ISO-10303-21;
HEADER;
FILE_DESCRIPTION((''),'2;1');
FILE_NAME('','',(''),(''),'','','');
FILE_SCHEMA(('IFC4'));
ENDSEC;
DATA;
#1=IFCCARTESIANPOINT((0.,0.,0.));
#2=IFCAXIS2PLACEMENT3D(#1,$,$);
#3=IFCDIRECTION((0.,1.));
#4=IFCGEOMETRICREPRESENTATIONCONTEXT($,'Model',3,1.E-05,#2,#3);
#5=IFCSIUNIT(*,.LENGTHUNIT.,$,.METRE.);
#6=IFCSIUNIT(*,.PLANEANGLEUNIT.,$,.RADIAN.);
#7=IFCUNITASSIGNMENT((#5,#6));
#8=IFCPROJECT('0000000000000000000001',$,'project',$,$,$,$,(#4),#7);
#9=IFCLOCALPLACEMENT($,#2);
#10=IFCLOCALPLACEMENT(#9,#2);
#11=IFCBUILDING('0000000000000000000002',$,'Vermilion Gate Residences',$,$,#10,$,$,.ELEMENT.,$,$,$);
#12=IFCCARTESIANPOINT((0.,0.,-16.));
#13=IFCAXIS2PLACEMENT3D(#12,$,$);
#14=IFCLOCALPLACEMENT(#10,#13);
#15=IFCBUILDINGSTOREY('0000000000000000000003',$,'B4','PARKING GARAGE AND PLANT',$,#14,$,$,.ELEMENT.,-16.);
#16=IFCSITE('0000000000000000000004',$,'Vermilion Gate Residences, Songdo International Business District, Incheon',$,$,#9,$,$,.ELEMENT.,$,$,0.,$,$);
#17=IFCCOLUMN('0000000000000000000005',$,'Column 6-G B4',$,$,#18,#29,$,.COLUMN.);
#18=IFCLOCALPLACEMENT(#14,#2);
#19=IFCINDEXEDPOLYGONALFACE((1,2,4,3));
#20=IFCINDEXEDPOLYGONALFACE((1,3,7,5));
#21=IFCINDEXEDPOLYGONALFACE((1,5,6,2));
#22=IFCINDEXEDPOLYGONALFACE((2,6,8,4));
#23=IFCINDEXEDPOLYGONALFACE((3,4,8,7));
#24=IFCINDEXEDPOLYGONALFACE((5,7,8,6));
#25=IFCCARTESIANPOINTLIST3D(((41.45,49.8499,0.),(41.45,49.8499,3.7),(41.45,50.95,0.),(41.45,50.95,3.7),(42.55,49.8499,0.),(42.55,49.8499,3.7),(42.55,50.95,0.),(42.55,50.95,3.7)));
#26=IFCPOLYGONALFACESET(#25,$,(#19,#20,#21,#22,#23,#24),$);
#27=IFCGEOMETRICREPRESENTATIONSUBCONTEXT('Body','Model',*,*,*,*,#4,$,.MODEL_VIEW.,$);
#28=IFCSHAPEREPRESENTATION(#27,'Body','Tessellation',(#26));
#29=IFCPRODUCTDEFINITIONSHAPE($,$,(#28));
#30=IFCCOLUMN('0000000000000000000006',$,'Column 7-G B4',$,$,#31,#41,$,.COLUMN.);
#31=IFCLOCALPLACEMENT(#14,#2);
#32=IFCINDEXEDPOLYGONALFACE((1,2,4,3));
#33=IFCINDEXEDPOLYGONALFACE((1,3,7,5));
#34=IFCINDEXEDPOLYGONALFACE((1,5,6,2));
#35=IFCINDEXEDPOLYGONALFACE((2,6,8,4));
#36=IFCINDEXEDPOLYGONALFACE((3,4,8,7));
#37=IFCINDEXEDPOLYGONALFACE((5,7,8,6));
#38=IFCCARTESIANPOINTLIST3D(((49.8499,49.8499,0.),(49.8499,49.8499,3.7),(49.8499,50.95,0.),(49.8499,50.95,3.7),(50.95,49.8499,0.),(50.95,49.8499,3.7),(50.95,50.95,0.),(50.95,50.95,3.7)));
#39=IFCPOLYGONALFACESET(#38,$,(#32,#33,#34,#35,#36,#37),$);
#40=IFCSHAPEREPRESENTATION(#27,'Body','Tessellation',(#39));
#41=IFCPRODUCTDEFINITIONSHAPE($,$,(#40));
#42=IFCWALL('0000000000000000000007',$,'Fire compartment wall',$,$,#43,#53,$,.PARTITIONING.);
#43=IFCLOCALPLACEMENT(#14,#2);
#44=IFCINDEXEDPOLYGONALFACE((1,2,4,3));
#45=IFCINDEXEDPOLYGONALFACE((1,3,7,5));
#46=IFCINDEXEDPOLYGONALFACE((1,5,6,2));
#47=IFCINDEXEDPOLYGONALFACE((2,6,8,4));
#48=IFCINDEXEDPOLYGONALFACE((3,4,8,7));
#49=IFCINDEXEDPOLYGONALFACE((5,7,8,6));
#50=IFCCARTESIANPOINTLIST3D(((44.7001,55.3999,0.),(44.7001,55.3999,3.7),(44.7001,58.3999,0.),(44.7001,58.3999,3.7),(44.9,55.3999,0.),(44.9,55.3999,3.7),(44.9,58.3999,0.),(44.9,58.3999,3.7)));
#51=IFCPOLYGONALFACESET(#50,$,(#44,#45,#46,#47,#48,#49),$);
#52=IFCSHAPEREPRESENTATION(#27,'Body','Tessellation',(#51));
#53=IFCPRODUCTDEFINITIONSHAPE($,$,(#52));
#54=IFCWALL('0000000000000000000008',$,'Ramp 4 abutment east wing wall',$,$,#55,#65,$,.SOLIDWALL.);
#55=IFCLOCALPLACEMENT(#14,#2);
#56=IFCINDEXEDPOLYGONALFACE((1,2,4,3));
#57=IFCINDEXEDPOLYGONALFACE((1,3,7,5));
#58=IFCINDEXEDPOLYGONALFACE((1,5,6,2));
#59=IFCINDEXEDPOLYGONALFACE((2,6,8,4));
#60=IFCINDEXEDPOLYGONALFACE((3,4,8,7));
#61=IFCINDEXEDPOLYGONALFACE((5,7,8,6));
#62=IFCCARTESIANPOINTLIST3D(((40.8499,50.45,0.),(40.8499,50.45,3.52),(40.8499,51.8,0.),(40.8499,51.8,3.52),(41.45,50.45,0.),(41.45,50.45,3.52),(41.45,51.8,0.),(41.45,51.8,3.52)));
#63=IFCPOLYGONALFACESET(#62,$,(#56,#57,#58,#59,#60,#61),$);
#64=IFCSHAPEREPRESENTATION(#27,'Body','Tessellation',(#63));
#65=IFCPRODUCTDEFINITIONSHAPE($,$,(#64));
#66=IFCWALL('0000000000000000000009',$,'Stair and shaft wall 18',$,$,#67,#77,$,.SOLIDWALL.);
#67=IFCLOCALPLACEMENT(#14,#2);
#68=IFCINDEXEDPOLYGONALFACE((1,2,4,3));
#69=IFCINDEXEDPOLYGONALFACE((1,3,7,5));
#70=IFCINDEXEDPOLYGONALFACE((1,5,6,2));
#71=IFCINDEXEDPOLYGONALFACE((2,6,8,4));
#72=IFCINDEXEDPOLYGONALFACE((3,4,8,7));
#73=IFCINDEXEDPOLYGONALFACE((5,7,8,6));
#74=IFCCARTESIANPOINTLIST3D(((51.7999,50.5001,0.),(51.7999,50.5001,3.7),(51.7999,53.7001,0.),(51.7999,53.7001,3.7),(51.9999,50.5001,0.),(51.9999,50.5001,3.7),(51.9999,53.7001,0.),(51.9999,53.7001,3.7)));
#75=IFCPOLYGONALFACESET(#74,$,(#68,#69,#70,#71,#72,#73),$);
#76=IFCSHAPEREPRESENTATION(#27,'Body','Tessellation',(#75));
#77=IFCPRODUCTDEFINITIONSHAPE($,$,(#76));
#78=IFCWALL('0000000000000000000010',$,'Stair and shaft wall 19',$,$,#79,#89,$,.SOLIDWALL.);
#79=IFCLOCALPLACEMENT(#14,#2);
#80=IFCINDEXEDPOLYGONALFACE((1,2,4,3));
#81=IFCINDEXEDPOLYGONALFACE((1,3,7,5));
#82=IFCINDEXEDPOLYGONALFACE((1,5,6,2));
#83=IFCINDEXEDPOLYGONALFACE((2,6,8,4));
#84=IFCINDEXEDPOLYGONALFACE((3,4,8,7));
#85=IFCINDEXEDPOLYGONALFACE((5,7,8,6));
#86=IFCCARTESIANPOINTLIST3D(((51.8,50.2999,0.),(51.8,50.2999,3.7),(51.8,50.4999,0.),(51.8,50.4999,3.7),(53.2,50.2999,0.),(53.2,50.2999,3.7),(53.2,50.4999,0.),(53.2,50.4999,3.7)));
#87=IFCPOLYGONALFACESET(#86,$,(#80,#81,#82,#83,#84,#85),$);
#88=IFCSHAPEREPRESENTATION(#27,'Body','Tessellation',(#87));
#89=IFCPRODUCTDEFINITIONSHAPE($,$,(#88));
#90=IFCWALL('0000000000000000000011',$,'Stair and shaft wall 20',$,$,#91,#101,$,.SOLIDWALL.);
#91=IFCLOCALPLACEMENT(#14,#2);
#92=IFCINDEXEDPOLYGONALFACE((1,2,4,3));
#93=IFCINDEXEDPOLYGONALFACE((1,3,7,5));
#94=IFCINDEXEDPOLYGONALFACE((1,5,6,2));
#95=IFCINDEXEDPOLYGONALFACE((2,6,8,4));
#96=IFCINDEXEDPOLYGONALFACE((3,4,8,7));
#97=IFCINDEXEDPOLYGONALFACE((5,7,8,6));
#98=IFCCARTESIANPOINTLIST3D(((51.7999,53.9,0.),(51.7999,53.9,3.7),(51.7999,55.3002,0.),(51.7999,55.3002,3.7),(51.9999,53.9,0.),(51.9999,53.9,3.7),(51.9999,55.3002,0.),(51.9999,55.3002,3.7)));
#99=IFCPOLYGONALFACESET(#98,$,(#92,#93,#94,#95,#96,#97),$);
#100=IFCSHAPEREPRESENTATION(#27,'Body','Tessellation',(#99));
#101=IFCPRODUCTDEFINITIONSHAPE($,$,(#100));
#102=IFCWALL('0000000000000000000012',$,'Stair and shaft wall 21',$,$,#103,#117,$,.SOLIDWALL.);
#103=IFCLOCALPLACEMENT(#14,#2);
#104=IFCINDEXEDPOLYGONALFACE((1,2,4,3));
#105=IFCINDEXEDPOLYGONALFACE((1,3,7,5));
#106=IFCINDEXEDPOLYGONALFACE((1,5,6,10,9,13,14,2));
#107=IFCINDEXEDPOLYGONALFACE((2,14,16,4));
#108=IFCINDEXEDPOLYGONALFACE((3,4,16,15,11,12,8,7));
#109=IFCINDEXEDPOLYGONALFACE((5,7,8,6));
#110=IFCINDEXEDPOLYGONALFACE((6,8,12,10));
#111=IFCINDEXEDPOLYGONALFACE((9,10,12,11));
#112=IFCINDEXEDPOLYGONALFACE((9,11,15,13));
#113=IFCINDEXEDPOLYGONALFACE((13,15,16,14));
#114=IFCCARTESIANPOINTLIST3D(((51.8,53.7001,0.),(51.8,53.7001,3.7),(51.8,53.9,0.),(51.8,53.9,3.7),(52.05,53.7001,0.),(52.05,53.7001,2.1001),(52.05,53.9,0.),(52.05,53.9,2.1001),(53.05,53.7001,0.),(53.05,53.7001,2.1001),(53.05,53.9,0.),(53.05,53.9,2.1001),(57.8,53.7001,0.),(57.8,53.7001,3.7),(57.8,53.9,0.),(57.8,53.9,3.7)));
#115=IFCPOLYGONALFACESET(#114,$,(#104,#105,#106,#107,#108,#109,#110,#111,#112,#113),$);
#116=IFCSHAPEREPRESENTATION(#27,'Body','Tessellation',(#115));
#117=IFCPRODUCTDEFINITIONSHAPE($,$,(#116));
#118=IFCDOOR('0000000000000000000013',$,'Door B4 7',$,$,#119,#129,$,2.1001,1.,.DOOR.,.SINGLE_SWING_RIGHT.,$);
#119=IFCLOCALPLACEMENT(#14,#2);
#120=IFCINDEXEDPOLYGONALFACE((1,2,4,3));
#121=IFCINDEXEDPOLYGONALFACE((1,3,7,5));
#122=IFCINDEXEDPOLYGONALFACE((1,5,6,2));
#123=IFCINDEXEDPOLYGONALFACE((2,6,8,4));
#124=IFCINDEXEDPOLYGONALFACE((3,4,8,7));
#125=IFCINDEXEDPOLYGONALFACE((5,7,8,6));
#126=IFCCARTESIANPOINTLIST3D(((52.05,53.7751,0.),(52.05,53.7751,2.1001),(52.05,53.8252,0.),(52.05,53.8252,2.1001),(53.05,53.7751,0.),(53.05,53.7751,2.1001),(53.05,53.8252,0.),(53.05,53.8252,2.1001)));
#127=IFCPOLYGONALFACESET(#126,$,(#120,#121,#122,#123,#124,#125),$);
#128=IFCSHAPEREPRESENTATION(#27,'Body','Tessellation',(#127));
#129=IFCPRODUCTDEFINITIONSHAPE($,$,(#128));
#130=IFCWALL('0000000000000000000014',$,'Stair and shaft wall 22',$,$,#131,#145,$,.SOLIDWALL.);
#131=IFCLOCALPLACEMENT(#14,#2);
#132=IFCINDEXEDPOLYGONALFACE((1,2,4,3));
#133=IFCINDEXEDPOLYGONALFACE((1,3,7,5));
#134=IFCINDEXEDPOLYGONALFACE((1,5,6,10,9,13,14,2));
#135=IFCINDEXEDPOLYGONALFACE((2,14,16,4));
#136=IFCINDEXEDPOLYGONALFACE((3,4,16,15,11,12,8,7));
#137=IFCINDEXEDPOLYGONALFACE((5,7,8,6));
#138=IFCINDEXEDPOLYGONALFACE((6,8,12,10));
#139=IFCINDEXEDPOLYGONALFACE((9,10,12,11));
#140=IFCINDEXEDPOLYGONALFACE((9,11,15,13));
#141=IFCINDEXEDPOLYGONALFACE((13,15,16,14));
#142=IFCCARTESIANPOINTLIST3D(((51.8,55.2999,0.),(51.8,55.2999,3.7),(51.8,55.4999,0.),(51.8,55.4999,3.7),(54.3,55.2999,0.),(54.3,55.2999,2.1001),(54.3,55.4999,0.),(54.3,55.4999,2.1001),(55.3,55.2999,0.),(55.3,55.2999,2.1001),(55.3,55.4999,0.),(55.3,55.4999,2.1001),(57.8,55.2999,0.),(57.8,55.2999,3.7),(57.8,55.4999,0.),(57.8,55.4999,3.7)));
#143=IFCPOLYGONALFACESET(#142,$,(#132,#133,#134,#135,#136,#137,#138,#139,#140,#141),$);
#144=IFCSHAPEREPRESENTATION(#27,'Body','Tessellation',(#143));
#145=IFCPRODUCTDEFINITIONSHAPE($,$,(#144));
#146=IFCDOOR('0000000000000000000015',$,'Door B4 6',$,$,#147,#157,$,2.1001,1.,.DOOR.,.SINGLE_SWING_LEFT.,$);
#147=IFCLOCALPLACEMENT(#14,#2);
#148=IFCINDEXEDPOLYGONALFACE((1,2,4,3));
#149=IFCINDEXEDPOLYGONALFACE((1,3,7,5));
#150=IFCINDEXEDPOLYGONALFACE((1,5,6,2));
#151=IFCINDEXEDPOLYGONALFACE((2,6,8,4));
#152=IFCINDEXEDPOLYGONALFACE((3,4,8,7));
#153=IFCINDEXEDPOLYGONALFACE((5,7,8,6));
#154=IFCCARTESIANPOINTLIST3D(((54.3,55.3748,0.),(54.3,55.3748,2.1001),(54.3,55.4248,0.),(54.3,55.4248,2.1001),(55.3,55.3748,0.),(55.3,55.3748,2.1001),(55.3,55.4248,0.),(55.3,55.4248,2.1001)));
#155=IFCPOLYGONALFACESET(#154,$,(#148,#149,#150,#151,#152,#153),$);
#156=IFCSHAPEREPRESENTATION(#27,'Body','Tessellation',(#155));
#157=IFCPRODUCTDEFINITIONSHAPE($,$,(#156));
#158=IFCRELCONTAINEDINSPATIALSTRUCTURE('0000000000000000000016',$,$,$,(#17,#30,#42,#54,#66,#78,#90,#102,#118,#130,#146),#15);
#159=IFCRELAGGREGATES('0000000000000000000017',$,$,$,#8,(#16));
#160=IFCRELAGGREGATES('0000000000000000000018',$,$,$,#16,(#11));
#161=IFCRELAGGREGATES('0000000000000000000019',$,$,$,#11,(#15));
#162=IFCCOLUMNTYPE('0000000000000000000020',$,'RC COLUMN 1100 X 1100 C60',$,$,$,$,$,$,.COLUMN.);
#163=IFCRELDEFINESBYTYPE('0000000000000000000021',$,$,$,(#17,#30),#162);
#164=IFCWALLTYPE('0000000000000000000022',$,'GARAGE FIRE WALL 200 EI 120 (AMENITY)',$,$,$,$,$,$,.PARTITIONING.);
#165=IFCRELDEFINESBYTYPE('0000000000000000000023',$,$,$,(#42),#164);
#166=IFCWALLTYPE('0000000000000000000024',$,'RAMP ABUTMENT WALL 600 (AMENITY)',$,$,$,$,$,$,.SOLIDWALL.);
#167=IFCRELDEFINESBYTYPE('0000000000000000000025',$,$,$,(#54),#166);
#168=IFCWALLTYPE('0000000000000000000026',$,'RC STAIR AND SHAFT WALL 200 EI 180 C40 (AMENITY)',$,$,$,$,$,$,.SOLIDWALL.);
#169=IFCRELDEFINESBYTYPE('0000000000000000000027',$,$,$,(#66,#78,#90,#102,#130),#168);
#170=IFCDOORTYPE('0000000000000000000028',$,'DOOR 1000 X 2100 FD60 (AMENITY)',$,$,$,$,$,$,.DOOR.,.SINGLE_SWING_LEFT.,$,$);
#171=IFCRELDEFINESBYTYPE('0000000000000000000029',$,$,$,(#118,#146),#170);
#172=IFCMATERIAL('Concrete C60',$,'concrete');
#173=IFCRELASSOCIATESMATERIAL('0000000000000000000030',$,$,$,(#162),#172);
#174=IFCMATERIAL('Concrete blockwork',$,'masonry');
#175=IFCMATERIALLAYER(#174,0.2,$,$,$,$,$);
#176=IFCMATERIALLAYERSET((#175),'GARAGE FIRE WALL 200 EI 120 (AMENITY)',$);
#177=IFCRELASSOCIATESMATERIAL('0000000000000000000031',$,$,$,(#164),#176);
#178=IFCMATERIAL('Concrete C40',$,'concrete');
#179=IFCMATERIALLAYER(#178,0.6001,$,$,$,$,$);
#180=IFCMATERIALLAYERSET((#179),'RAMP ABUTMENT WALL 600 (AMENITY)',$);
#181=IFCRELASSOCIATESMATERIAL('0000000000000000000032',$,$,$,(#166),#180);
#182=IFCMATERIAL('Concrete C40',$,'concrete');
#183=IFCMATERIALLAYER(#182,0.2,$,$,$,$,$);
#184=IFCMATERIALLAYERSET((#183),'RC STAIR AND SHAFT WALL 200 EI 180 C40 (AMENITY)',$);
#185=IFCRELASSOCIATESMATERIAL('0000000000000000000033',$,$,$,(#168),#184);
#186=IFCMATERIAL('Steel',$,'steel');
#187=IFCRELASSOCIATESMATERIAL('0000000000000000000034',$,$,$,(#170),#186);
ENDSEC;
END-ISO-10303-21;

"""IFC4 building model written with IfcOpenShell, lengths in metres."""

from ifc_helpers import new_model, si_unit, direction, frame, frame_2d, origin, origin_2d, place, context, subcontext, project, spatial, rectangle, extrude, material, layer, layer_set, material_profile, profile_set, type_object, element, fill, save


model = new_model("IFC4")

# Units and contexts
model_context = context("Model", 3, precision=1e-05, world=origin(), true_north=direction((0.0, 1.0)))
body_context = subcontext(model_context, "Body", "Model", "MODEL_VIEW")
ifc_project = project(units=[si_unit("LENGTHUNIT", "METRE"), si_unit("PLANEANGLEUNIT", "RADIAN")], contexts=[model_context])

# Site, building, storey
site_placement = place(None, origin())
site = spatial("IfcSite", under=ifc_project, at=site_placement, Name="Vermilion Gate Residences, Songdo International Business District, Incheon", CompositionType="ELEMENT", RefElevation=0.0)
building_placement = place(site_placement, origin())
building = spatial("IfcBuilding", under=site, at=building_placement, Name="Vermilion Gate Residences", CompositionType="ELEMENT")
storey_placement = place(building_placement, frame((0.0, 0.0, -16.0)))
storey = spatial("IfcBuildingStorey", under=building, at=storey_placement, Name="B4", Description="PARKING GARAGE AND PLANT", CompositionType="ELEMENT", Elevation=-16.0)

# Columns
ifc_material_1 = material(Name="Concrete C60", Category="concrete")
ifc_material_profile_1 = material_profile(ifc_material_1, rectangle(XDim=1.1001, YDim=1.1001, at=origin_2d()), Name="RC-1100x1100")
ifc_profile_set_1 = profile_set([ifc_material_profile_1], Name="Concrete C60")
column_type = type_object("IfcColumnType", Name="RC COLUMN 1100 X 1100 C60", PredefinedType="COLUMN", material=ifc_profile_set_1)
for number, where, z_axis, x_axis, name in (
    (1, (42.0, 50.3999, 0.0), (0.0, 0.0, 1.0), (1.0, 0.0, 0.0), "Column 6-G B4"),
    (2, (50.3999, 50.3999, 0.0), (0.0, 0.0, 1.0), (1.0, 0.0, 0.0), "Column 7-G B4"),
):
    element("IfcColumn", number, at=place(storey_placement, frame(where, z_axis=z_axis, x_axis=x_axis)), inside=storey, type_object=column_type, Name=name, PredefinedType="COLUMN", context=body_context, shape_type="SweptSolid", body=[
        extrude(rectangle(XDim=1.1001, YDim=1.1001, at=origin_2d()), origin(), (0.0, 0.0, 1.0), 3.7),
    ])

# Walls
ifc_material_2 = material(Name="Concrete blockwork", Category="masonry")
ifc_layer_1 = layer(ifc_material_2, 0.2)
ifc_layer_set_1 = layer_set([ifc_layer_1], Name="GARAGE FIRE WALL 200 EI 120 (AMENITY)")
wall_type_1 = type_object("IfcWallType", Name="GARAGE FIRE WALL 200 EI 120 (AMENITY)", PredefinedType="PARTITIONING", material=ifc_layer_set_1)
wall_1_placement = place(storey_placement, frame((44.8, 55.3999, 0.0), z_axis=(0.0, 0.0, 1.0), x_axis=(0.0, 1.0, 0.0)))
element("IfcWall", 3, at=wall_1_placement, inside=storey, type_object=wall_type_1, Name="Fire compartment wall", PredefinedType="PARTITIONING", context=body_context, shape_type="SweptSolid", body=[
    extrude(rectangle(XDim=3.0, YDim=0.2, at=frame_2d((1.5, 0.0))), origin(), (0.0, 0.0, 1.0), 3.7),
])
ifc_material_3 = material(Name="Concrete C40", Category="concrete")
ifc_layer_2 = layer(ifc_material_3, 0.6001)
ifc_layer_set_2 = layer_set([ifc_layer_2], Name="RAMP ABUTMENT WALL 600 (AMENITY)")
wall_type_2 = type_object("IfcWallType", Name="RAMP ABUTMENT WALL 600 (AMENITY)", PredefinedType="SOLIDWALL", material=ifc_layer_set_2)
wall_2_placement = place(storey_placement, frame((41.1499, 50.45, 0.0), z_axis=(0.0, 0.0, 1.0), x_axis=(0.0, 1.0, 0.0)))
element("IfcWall", 4, at=wall_2_placement, inside=storey, type_object=wall_type_2, Name="Ramp 4 abutment east wing wall", PredefinedType="SOLIDWALL", context=body_context, shape_type="SweptSolid", body=[
    extrude(rectangle(XDim=1.3501, YDim=0.6001, at=frame_2d((0.675, 0.0))), origin(), (0.0, 0.0, 1.0), 3.52),
])
ifc_material_4 = material(Name="Concrete C40", Category="concrete")
ifc_layer_3 = layer(ifc_material_4, 0.2)
ifc_layer_set_3 = layer_set([ifc_layer_3], Name="RC STAIR AND SHAFT WALL 200 EI 180 C40 (AMENITY)")
wall_type_3 = type_object("IfcWallType", Name="RC STAIR AND SHAFT WALL 200 EI 180 C40 (AMENITY)", PredefinedType="SOLIDWALL", material=ifc_layer_set_3)
wall_3_placement = place(storey_placement, frame((51.8999, 50.5, 0.0), z_axis=(0.0, 0.0, 1.0), x_axis=(0.0, 1.0, 0.0)))
element("IfcWall", 5, at=wall_3_placement, inside=storey, type_object=wall_type_3, Name="Stair and shaft wall 18", PredefinedType="SOLIDWALL", context=body_context, shape_type="SweptSolid", body=[
    extrude(rectangle(XDim=3.2, YDim=0.2, at=frame_2d((1.6001, 0.0))), origin(), (0.0, 0.0, 1.0), 3.7),
])
wall_4_placement = place(storey_placement, frame((51.8, 50.3999, 0.0), z_axis=(0.0, 0.0, 1.0), x_axis=(1.0, 0.0, 0.0)))
element("IfcWall", 6, at=wall_4_placement, inside=storey, type_object=wall_type_3, Name="Stair and shaft wall 19", PredefinedType="SOLIDWALL", context=body_context, shape_type="SweptSolid", body=[
    extrude(rectangle(XDim=1.3999, YDim=0.2, at=frame_2d((0.7, 0.0))), origin(), (0.0, 0.0, 1.0), 3.7),
])
wall_5_placement = place(storey_placement, frame((51.8999, 53.8999, 0.0), z_axis=(0.0, 0.0, 1.0), x_axis=(0.0, 1.0, 0.0)))
element("IfcWall", 7, at=wall_5_placement, inside=storey, type_object=wall_type_3, Name="Stair and shaft wall 20", PredefinedType="SOLIDWALL", context=body_context, shape_type="SweptSolid", body=[
    extrude(rectangle(XDim=1.4001, YDim=0.2, at=frame_2d((0.7002, 0.0))), origin(), (0.0, 0.0, 1.0), 3.7),
])

# Walls, openings, doors
wall_6_placement = place(storey_placement, frame((51.8, 53.8, 0.0), z_axis=(0.0, 0.0, 1.0), x_axis=(1.0, 0.0, 0.0)))
wall_6 = element("IfcWall", 8, at=wall_6_placement, inside=storey, type_object=wall_type_3, Name="Stair and shaft wall 21", PredefinedType="SOLIDWALL", context=body_context, shape_type="SweptSolid", body=[
    extrude(rectangle(XDim=6.0, YDim=0.2, at=frame_2d((3.0, 0.0))), origin(), (0.0, 0.0, 1.0), 3.7),
])
opening_1_placement = place(wall_6_placement, frame((0.25, 0.0, 0.0)))
opening_1 = element("IfcOpeningElement", 9, at=opening_1_placement, cuts=wall_6, PredefinedType="OPENING", context=body_context, shape_type="SweptSolid", body=[
    extrude(rectangle(XDim=1.0, YDim=2.1001, at=frame_2d((0.5, 1.05))), frame((0.0, 0.1099, 0.0), z_axis=(0.0, -1.0, 0.0), x_axis=(1.0, 0.0, 0.0)), (0.0, 0.0, 1.0), 0.22),
])
ifc_material_5 = material(Name="Steel", Category="steel")
door_type = type_object("IfcDoorType", Name="DOOR 1000 X 2100 FD60 (AMENITY)", OperationType="SINGLE_SWING_LEFT", PredefinedType="DOOR", material=ifc_material_5)
door_1_placement = place(opening_1_placement, frame((1.0, 0.0, 0.0), z_axis=(0.0, 0.0, 1.0), x_axis=(-1.0, 0.0, 0.0)))
door_1 = element("IfcDoor", 10, at=door_1_placement, inside=storey, type_object=door_type, Name="Door B4 7", OperationType="SINGLE_SWING_RIGHT", OverallHeight=2.1001, OverallWidth=1.0, PredefinedType="DOOR", context=body_context, shape_type="SweptSolid", body=[
    extrude(rectangle(XDim=1.0, YDim=2.1001, at=frame_2d((0.5, 1.05))), frame((0.0, 0.0249, 0.0), z_axis=(0.0, -1.0, 0.0), x_axis=(1.0, 0.0, 0.0)), (0.0, 0.0, 1.0), 0.05),
])
fill(opening_1, door_1)
wall_7_placement = place(storey_placement, frame((51.8, 55.3999, 0.0), z_axis=(0.0, 0.0, 1.0), x_axis=(1.0, 0.0, 0.0)))
wall_7 = element("IfcWall", 11, at=wall_7_placement, inside=storey, type_object=wall_type_3, Name="Stair and shaft wall 22", PredefinedType="SOLIDWALL", context=body_context, shape_type="SweptSolid", body=[
    extrude(rectangle(XDim=6.0, YDim=0.2, at=frame_2d((3.0, 0.0))), origin(), (0.0, 0.0, 1.0), 3.7),
])
opening_2_placement = place(wall_7_placement, frame((2.5, 0.0, 0.0)))
opening_2 = element("IfcOpeningElement", 12, at=opening_2_placement, cuts=wall_7, PredefinedType="OPENING", context=body_context, shape_type="SweptSolid", body=[
    extrude(rectangle(XDim=1.0, YDim=2.1001, at=frame_2d((0.5, 1.05))), frame((0.0, 0.1099, 0.0), z_axis=(0.0, -1.0, 0.0), x_axis=(1.0, 0.0, 0.0)), (0.0, 0.0, 1.0), 0.22),
])
door_2_placement = place(opening_2_placement, origin())
door_2 = element("IfcDoor", 13, at=door_2_placement, inside=storey, type_object=door_type, Name="Door B4 6", OperationType="SINGLE_SWING_LEFT", OverallHeight=2.1001, OverallWidth=1.0, PredefinedType="DOOR", context=body_context, shape_type="SweptSolid", body=[
    extrude(rectangle(XDim=1.0, YDim=2.1001, at=frame_2d((0.5, 1.05))), frame((0.0, 0.0249, 0.0), z_axis=(0.0, -1.0, 0.0), x_axis=(1.0, 0.0, 0.0)), (0.0, 0.0, 1.0), 0.05),
])
fill(opening_2, door_2)

save(model, "model.ifc")
